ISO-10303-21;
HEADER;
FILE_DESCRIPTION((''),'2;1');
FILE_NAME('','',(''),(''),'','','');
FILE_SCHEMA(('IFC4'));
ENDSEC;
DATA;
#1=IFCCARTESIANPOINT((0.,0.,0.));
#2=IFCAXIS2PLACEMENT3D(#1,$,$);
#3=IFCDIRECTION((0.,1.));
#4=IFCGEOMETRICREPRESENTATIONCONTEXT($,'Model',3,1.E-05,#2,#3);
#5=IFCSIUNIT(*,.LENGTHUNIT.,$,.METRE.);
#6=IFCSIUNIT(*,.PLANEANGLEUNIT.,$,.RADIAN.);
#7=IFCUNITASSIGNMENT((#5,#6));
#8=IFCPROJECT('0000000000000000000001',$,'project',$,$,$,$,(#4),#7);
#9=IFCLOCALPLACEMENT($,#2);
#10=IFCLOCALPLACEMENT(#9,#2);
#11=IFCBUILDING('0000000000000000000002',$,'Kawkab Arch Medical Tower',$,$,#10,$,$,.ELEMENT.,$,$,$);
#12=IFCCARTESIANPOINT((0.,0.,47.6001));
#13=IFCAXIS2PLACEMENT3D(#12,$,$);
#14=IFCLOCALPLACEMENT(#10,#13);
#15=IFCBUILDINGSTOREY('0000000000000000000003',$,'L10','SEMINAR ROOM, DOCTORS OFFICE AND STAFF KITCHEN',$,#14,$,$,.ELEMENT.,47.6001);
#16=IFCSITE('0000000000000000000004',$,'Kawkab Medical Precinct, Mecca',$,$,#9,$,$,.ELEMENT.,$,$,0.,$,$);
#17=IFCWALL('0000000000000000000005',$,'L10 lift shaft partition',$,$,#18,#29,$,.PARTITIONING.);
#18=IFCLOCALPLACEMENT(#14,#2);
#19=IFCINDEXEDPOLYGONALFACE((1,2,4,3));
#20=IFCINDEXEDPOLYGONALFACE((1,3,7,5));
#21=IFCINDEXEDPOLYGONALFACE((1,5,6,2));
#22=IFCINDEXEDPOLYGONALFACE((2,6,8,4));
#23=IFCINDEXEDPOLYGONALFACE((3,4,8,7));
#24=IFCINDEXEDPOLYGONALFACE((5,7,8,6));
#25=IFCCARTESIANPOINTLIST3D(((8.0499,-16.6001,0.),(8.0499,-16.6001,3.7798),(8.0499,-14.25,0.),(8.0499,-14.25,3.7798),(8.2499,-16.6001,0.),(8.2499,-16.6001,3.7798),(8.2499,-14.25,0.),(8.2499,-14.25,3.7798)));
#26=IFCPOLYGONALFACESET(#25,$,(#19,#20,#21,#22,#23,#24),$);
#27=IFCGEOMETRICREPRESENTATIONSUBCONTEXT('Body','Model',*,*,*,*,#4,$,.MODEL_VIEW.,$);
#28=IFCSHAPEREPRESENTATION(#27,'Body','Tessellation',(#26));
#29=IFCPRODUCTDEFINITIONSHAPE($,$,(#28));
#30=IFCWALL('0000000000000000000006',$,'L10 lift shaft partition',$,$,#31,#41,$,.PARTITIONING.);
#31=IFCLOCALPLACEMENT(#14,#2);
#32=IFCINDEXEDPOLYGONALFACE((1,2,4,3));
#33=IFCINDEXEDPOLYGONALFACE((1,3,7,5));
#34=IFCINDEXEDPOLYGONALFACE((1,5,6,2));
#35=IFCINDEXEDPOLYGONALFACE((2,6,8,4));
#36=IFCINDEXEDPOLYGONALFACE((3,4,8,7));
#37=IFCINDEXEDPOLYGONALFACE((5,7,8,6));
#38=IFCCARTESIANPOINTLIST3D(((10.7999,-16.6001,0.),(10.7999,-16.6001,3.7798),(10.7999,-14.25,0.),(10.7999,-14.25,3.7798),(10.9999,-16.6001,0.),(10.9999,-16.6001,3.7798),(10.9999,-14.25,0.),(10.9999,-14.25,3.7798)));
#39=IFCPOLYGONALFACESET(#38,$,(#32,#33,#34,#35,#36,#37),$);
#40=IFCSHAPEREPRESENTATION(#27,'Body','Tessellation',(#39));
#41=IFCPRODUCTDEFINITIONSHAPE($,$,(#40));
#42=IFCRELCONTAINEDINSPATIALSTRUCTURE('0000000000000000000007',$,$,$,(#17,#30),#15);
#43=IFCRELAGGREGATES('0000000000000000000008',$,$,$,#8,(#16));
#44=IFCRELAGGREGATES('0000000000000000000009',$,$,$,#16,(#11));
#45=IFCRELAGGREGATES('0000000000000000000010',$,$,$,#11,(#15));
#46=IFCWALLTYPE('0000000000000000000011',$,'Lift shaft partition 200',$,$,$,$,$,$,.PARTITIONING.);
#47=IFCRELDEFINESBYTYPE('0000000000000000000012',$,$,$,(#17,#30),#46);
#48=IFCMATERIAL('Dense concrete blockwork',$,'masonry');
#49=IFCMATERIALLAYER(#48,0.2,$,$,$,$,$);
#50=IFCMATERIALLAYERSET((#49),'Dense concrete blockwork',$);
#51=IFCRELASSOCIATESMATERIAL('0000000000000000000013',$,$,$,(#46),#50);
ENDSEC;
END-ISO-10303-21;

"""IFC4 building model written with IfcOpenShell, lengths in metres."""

from ifc_helpers import new_model, si_unit, direction, frame, frame_2d, origin, place, context, subcontext, project, spatial, rectangle, extrude, material, layer, layer_set, type_object, element, save


model = new_model("IFC4")

# Units and contexts
model_context = context("Model", 3, precision=1e-05, world=origin(), true_north=direction((0.0, 1.0)))
body_context = subcontext(model_context, "Body", "Model", "MODEL_VIEW")
ifc_project = project(units=[si_unit("LENGTHUNIT", "METRE"), si_unit("PLANEANGLEUNIT", "RADIAN")], contexts=[model_context])

# Site, building, storey
site_placement = place(None, origin())
site = spatial("IfcSite", under=ifc_project, at=site_placement, Name="Kawkab Medical Precinct, Mecca", CompositionType="ELEMENT", RefElevation=0.0)
building_placement = place(site_placement, origin())
building = spatial("IfcBuilding", under=site, at=building_placement, Name="Kawkab Arch Medical Tower", CompositionType="ELEMENT")
storey_placement = place(building_placement, frame((0.0, 0.0, 47.6001)))
storey = spatial("IfcBuildingStorey", under=building, at=storey_placement, Name="L10", Description="SEMINAR ROOM, DOCTORS OFFICE AND STAFF KITCHEN", CompositionType="ELEMENT", Elevation=47.6001)

# Walls
ifc_material_1 = material(Name="Dense concrete blockwork", Category="masonry")
ifc_layer_1 = layer(ifc_material_1, 0.2)
ifc_layer_set_1 = layer_set([ifc_layer_1], Name="Dense concrete blockwork")
wall_type_1 = type_object("IfcWallType", Name="Lift shaft partition 200", PredefinedType="PARTITIONING", material=ifc_layer_set_1)
for number, where, z_axis, x_axis, name in (
    (1, (8.1499, -16.6001, 0.0), (0.0, 0.0, 1.0), (0.0, 1.0, 0.0), "L10 lift shaft partition"),
    (2, (10.8999, -16.6001, 0.0), (0.0, 0.0, 1.0), (0.0, 1.0, 0.0), "L10 lift shaft partition"),
):
    element("IfcWall", number, at=place(storey_placement, frame(where, z_axis=z_axis, x_axis=x_axis)), inside=storey, type_object=wall_type_1, Name=name, PredefinedType="PARTITIONING", context=body_context, shape_type="SweptSolid", body=[
        extrude(rectangle(XDim=2.3501, YDim=0.2, at=frame_2d((1.175, 0.0))), origin(), (0.0, 0.0, 1.0), 3.7798),
    ])

save(model, "model.ifc")
